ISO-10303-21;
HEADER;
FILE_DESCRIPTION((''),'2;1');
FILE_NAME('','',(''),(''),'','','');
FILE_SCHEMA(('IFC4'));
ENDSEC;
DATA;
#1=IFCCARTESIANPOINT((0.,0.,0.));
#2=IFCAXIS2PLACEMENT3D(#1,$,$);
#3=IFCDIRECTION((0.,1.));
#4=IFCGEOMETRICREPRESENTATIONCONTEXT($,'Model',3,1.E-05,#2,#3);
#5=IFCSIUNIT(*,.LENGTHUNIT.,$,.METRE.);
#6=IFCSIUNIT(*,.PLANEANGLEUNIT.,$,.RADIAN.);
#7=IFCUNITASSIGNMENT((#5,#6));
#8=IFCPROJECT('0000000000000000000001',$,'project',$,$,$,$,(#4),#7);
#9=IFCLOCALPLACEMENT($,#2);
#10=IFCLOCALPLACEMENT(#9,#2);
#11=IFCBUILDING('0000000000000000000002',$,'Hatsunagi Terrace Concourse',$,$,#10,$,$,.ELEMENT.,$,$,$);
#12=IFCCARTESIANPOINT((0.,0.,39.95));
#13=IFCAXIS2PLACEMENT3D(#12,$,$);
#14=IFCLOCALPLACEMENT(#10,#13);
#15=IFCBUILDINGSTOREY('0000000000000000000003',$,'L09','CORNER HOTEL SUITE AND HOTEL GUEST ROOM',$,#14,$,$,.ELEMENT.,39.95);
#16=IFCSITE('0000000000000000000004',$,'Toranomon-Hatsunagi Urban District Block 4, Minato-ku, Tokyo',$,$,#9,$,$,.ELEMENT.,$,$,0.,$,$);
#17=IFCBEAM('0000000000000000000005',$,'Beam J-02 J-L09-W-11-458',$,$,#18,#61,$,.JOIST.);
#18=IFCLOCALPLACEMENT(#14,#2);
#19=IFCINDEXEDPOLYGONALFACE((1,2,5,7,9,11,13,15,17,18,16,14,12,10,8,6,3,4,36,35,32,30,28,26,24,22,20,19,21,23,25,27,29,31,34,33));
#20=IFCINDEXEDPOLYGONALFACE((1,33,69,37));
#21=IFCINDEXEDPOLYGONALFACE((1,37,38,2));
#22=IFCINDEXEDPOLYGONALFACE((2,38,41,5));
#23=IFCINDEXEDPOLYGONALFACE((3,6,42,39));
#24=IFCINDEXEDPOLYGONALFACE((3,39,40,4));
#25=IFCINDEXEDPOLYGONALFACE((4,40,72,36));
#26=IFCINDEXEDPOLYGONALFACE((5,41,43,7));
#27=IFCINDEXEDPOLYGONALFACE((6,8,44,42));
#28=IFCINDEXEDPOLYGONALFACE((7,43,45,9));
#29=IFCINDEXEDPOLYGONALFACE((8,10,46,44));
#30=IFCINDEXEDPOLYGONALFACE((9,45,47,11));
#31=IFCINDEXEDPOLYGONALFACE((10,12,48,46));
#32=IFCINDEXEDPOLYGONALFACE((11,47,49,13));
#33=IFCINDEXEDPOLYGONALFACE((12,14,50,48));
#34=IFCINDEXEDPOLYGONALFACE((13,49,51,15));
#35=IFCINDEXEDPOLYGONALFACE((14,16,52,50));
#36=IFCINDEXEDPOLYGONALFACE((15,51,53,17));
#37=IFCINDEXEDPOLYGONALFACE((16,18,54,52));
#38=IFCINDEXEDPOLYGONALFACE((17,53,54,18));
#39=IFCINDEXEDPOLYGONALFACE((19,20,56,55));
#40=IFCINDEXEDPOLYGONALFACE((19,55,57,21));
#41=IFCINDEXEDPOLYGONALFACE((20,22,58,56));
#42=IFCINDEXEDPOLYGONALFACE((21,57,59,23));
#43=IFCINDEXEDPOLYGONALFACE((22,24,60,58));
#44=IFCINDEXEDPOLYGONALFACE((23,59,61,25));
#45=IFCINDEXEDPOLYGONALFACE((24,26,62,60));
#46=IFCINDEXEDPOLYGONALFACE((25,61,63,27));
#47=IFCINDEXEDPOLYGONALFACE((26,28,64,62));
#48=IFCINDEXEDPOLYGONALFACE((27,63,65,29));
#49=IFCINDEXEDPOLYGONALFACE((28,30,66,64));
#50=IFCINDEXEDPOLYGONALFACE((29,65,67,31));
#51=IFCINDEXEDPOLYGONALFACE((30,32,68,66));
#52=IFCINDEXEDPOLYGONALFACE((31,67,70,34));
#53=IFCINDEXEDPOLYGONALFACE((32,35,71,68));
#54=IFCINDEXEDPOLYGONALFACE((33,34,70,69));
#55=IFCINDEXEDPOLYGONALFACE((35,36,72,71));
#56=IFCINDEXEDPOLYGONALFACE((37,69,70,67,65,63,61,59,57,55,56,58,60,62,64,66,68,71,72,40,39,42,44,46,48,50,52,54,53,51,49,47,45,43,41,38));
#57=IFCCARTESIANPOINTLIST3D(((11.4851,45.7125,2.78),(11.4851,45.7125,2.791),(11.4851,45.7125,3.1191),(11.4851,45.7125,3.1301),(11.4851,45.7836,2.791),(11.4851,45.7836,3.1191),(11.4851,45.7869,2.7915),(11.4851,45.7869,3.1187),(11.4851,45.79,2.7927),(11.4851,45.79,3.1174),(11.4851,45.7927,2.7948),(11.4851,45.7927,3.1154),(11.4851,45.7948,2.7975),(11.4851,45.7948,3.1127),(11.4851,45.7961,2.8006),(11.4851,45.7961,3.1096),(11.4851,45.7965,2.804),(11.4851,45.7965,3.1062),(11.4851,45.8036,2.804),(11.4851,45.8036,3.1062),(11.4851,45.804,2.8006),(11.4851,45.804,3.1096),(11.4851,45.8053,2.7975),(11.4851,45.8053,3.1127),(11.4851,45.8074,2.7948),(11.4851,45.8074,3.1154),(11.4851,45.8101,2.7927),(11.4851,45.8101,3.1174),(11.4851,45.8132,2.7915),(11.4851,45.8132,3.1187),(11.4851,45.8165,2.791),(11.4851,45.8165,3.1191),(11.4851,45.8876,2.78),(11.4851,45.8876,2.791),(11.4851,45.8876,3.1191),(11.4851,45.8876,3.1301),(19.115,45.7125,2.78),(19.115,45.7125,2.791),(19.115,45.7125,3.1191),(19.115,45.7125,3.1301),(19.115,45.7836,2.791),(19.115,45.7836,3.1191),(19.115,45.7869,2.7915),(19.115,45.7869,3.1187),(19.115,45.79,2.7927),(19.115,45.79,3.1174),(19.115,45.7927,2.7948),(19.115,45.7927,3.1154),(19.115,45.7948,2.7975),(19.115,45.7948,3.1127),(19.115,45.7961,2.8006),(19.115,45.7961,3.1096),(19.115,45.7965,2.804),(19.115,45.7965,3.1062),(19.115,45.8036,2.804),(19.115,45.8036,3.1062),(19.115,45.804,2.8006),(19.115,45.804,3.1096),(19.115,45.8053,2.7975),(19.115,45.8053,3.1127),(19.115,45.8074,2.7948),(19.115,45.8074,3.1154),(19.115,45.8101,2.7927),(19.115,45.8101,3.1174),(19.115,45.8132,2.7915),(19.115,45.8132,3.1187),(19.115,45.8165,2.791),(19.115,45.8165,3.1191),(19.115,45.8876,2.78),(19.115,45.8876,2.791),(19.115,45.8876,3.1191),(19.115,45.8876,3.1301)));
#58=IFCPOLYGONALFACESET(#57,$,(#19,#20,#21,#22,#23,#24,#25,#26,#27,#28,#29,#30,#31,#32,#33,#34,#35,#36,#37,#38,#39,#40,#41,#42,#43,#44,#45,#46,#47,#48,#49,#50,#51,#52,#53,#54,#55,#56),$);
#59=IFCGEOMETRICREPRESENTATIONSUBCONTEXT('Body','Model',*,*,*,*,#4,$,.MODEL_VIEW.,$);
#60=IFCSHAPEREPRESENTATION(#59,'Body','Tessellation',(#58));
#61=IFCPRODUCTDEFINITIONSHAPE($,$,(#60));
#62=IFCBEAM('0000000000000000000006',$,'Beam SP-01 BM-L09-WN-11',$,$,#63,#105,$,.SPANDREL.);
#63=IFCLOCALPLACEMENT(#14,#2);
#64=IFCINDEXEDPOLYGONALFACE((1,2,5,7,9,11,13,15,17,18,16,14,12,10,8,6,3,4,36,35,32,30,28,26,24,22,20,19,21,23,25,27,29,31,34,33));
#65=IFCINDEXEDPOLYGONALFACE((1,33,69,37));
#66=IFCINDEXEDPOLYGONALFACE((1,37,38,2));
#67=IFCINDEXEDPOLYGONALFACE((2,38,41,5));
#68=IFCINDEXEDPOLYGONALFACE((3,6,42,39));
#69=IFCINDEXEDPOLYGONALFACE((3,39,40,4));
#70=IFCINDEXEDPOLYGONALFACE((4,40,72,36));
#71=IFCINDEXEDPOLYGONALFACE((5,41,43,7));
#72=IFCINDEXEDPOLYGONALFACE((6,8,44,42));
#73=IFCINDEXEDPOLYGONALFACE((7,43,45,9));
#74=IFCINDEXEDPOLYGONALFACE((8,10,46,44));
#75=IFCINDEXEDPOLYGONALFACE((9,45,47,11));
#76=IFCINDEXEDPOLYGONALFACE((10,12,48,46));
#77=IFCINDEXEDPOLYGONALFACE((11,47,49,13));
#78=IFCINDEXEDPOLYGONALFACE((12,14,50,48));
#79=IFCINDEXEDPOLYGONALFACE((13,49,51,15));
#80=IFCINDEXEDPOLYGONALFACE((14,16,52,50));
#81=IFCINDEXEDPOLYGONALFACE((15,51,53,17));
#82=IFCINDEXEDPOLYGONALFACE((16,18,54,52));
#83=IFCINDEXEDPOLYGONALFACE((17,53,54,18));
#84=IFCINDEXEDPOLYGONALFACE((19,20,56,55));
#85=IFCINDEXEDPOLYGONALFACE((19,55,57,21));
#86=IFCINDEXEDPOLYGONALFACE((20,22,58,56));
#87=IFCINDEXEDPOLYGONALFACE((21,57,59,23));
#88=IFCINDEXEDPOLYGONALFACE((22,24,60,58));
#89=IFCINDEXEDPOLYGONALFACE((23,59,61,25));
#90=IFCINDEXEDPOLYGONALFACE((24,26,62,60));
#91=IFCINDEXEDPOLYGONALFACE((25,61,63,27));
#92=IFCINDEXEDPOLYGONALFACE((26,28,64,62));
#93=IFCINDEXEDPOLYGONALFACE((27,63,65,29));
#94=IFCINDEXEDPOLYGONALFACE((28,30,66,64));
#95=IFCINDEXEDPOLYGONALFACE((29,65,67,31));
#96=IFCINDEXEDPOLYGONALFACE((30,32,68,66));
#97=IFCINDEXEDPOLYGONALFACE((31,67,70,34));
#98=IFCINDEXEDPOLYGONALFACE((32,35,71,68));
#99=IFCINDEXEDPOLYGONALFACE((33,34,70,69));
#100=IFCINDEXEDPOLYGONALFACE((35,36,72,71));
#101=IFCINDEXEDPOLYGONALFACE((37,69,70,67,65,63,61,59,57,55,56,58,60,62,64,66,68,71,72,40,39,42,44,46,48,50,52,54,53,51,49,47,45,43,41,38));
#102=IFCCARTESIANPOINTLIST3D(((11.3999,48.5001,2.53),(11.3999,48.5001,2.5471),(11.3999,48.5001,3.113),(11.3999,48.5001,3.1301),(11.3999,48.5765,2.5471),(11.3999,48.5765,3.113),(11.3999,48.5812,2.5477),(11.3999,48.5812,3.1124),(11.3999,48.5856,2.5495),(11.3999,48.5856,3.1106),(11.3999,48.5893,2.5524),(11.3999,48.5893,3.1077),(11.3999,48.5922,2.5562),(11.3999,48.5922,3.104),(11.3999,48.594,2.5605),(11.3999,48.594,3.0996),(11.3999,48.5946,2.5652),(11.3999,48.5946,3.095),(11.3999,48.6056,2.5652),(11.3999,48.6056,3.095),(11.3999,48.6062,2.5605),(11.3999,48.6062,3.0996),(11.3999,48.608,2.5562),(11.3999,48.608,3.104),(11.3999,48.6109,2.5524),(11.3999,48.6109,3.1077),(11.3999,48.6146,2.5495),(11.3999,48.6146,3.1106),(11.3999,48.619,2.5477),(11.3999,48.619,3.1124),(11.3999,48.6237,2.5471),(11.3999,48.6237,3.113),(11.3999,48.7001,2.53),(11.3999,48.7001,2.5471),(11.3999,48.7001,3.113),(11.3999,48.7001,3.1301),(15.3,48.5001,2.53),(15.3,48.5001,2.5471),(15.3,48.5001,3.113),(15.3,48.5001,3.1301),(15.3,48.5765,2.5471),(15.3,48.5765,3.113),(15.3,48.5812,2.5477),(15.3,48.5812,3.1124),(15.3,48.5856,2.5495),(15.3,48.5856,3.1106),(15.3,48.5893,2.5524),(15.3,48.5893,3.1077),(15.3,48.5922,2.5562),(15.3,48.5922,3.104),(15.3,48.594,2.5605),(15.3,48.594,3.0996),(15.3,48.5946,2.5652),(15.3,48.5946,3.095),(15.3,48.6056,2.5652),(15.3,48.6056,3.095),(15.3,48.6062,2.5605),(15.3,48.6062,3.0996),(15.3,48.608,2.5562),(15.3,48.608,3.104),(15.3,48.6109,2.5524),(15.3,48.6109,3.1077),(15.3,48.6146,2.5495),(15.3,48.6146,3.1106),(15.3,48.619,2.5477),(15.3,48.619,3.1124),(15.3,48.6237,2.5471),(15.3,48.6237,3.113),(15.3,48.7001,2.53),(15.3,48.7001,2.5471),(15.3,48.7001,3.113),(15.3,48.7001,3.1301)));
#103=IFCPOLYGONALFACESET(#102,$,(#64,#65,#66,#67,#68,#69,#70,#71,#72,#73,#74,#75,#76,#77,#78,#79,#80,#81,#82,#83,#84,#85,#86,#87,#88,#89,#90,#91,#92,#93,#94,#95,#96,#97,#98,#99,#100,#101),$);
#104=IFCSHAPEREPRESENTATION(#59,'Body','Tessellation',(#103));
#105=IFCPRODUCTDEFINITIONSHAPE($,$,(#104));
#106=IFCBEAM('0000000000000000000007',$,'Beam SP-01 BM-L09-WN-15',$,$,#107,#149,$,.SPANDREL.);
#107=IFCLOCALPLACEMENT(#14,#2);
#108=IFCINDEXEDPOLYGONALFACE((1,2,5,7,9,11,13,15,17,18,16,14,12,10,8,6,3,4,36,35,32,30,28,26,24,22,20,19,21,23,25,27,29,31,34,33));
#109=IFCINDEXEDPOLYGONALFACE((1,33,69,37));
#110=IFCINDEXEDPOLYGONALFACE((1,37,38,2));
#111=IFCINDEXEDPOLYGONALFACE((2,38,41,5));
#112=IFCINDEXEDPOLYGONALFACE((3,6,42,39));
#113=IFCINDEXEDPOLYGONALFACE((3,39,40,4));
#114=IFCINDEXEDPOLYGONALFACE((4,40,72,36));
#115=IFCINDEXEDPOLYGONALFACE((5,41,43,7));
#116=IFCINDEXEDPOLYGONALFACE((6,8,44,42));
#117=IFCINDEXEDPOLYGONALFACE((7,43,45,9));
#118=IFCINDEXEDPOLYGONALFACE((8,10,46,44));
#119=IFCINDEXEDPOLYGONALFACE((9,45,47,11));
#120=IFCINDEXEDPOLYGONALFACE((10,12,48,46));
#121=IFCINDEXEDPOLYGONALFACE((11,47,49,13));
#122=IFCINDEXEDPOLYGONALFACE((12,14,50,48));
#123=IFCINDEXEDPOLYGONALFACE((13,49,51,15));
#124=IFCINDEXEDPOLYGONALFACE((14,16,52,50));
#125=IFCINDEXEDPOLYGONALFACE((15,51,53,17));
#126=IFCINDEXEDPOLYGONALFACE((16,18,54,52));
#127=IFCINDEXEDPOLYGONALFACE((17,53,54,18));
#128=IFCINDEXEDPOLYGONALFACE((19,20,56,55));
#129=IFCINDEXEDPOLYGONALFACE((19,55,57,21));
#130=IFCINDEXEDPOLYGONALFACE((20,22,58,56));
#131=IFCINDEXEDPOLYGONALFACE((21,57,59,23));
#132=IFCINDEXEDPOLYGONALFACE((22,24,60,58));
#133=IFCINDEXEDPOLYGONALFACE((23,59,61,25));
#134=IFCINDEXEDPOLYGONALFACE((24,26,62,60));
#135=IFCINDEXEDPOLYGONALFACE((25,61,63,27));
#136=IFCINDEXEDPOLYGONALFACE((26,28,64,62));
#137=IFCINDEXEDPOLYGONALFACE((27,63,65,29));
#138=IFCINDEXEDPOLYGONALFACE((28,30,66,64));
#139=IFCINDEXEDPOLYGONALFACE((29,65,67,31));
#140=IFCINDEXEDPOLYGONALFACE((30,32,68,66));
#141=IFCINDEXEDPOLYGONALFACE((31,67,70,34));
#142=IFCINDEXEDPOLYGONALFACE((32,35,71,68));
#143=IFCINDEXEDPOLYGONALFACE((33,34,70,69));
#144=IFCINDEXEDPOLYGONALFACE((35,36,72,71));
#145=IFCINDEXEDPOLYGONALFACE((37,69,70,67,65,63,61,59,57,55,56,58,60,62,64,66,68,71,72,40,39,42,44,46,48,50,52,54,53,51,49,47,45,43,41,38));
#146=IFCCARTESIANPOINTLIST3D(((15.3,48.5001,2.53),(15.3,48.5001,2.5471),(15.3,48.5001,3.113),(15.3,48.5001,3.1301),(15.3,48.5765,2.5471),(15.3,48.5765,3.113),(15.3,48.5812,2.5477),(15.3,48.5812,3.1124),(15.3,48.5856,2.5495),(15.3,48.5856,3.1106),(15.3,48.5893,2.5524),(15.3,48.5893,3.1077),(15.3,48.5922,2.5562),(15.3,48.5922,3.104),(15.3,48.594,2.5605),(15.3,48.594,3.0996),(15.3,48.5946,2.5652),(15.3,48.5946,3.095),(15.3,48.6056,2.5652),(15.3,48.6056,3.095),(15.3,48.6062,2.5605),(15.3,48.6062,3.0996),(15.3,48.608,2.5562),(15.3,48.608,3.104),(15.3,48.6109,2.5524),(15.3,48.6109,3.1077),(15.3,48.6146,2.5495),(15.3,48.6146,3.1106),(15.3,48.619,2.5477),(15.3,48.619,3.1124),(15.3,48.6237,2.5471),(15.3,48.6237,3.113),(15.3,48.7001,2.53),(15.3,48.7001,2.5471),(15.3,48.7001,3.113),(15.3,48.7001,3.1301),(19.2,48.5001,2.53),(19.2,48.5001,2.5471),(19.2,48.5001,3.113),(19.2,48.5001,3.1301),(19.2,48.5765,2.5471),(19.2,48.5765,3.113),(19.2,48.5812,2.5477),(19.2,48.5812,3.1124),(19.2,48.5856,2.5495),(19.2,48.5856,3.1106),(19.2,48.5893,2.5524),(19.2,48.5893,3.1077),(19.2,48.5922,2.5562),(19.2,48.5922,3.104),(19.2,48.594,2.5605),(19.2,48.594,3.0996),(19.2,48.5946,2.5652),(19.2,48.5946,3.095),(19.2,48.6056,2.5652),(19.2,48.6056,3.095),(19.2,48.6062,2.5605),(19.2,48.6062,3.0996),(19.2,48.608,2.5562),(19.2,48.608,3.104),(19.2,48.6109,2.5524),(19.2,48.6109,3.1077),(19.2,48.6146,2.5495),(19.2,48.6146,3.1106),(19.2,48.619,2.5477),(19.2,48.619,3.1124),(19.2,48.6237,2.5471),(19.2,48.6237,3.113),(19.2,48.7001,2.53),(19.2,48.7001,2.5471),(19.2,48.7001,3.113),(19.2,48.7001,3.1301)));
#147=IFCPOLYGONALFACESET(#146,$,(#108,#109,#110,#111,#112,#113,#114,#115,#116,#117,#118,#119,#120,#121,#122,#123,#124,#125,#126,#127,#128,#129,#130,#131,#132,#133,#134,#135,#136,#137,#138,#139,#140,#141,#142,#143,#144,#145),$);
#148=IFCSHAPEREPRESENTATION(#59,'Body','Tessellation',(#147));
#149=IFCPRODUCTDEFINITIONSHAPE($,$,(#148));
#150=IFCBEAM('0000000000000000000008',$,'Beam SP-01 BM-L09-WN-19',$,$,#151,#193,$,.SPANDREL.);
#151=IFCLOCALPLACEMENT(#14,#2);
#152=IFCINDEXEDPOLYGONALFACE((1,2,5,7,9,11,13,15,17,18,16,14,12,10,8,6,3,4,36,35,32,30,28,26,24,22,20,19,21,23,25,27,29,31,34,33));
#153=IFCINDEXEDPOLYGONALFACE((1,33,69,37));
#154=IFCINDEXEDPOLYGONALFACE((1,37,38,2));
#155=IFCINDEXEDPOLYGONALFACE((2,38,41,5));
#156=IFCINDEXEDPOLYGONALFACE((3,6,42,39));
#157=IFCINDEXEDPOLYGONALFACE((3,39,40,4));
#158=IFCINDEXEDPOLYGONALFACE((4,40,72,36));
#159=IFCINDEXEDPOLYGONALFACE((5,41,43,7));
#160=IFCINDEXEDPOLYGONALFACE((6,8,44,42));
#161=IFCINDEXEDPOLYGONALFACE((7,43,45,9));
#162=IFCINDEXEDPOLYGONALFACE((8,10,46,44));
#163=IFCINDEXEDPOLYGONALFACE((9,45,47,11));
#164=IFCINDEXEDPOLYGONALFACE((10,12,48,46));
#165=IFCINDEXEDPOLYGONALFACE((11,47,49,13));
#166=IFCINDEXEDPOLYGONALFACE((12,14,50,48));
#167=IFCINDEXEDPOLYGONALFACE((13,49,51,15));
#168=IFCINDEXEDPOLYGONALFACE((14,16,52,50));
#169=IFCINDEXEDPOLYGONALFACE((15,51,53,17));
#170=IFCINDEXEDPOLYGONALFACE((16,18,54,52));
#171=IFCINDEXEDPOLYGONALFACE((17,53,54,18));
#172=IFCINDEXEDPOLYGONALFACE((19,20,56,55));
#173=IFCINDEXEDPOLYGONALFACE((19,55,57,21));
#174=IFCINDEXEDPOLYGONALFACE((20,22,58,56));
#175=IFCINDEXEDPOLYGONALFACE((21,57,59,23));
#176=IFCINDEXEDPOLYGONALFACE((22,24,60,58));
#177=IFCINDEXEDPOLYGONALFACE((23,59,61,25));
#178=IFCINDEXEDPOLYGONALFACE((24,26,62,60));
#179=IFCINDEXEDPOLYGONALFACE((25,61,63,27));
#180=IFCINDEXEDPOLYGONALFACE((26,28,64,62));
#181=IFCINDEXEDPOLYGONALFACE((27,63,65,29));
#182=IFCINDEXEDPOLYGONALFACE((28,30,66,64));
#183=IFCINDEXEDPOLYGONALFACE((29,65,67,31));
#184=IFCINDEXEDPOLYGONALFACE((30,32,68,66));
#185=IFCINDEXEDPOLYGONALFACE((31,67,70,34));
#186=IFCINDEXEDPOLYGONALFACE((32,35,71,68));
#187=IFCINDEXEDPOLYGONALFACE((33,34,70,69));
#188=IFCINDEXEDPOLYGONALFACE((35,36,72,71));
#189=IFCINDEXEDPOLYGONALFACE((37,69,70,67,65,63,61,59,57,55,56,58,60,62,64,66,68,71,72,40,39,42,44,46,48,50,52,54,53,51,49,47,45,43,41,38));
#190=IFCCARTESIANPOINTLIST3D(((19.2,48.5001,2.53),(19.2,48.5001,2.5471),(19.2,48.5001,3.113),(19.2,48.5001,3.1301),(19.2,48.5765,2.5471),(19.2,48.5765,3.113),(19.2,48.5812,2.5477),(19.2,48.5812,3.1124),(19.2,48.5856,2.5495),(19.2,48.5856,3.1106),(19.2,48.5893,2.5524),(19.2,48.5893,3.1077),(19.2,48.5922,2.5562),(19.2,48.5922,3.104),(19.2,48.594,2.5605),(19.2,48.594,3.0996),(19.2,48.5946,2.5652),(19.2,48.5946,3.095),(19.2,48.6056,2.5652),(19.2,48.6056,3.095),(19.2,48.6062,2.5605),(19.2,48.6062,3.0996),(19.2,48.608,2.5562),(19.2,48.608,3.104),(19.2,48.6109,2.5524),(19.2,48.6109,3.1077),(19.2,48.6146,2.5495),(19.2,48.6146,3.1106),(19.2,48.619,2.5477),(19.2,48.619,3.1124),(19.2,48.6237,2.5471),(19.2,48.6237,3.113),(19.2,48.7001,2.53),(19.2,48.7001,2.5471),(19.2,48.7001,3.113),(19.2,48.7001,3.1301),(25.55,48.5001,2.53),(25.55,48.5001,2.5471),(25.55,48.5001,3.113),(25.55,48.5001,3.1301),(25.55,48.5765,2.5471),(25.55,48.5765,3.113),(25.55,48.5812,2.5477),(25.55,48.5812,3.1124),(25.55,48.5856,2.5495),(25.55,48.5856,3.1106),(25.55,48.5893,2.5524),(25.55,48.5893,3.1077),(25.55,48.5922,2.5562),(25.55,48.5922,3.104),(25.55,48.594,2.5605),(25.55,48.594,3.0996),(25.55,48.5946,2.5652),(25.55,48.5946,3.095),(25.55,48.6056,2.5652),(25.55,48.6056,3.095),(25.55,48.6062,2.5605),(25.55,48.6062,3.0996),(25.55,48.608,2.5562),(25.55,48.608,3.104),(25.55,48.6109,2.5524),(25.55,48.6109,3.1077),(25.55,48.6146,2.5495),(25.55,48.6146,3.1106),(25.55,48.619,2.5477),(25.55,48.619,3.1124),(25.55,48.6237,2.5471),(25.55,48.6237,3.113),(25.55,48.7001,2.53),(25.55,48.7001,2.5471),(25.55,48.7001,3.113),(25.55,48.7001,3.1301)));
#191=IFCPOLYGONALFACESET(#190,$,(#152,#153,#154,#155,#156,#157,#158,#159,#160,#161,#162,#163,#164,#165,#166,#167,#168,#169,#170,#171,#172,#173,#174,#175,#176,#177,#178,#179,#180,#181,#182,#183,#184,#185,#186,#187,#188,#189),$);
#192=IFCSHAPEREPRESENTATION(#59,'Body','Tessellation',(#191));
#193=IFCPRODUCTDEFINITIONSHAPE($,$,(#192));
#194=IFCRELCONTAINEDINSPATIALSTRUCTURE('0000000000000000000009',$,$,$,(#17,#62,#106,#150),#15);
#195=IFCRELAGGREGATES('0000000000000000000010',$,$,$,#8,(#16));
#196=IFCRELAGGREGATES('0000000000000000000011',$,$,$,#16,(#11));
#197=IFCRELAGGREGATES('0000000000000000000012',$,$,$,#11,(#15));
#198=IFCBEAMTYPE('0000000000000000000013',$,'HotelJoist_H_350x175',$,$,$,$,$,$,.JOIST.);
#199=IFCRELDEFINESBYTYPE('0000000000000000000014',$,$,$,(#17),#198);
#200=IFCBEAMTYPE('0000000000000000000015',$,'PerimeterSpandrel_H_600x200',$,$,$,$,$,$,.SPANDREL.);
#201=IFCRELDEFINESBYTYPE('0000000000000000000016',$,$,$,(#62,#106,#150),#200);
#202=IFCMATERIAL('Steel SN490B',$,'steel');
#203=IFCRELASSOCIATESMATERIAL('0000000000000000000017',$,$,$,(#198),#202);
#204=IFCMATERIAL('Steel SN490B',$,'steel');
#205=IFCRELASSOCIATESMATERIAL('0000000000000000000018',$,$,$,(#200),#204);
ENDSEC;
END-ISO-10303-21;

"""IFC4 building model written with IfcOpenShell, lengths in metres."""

from ifc_helpers import new_model, si_unit, direction, frame, origin, origin_2d, place, context, subcontext, project, spatial, i_section, extrude, material, material_profile, profile_set, type_object, element, save


model = new_model("IFC4")

# Units and contexts
model_context = context("Model", 3, precision=1e-05, world=origin(), true_north=direction((0.0, 1.0)))
body_context = subcontext(model_context, "Body", "Model", "MODEL_VIEW")
ifc_project = project(units=[si_unit("LENGTHUNIT", "METRE"), si_unit("PLANEANGLEUNIT", "RADIAN")], contexts=[model_context])

# Site, building, storey
site_placement = place(None, origin())
site = spatial("IfcSite", under=ifc_project, at=site_placement, Name="Toranomon-Hatsunagi Urban District Block 4, Minato-ku, Tokyo", CompositionType="ELEMENT", RefElevation=0.0)
building_placement = place(site_placement, origin())
building = spatial("IfcBuilding", under=site, at=building_placement, Name="Hatsunagi Terrace Concourse", CompositionType="ELEMENT")
storey_placement = place(building_placement, frame((0.0, 0.0, 39.95)))
storey = spatial("IfcBuildingStorey", under=building, at=storey_placement, Name="L09", Description="CORNER HOTEL SUITE AND HOTEL GUEST ROOM", CompositionType="ELEMENT", Elevation=39.95)

# Beams
ifc_material_1 = material(Name="Steel SN490B", Category="steel")
ifc_material_profile_1 = material_profile(ifc_material_1, i_section(OverallWidth=0.175, OverallDepth=0.3501, WebThickness=0.0071, FlangeThickness=0.011, FilletRadius=0.0129, at=origin_2d()), Name="H-350x175x7x11")
ifc_profile_set_1 = profile_set([ifc_material_profile_1], Name="Steel SN490B")
beam_type_1 = type_object("IfcBeamType", Name="HotelJoist_H_350x175", PredefinedType="JOIST", material=ifc_profile_set_1)
for number, where, z_axis, x_axis, name in (
    (1, (11.4851, 45.8, 2.9551), (1.0, 0.0, 0.0), (0.0, 1.0, 0.0), "Beam J-02 J-L09-W-11-458"),
):
    element("IfcBeam", number, at=place(storey_placement, frame(where, z_axis=z_axis, x_axis=x_axis)), inside=storey, type_object=beam_type_1, Name=name, PredefinedType="JOIST", context=body_context, shape_type="SweptSolid", body=[
        extrude(i_section(OverallWidth=0.175, OverallDepth=0.3501, WebThickness=0.0071, FlangeThickness=0.011, FilletRadius=0.0129, at=origin_2d()), origin(), (0.0, 0.0, 1.0), 7.6299),
    ])
ifc_material_2 = material(Name="Steel SN490B", Category="steel")
ifc_material_profile_2 = material_profile(ifc_material_2, i_section(OverallWidth=0.2, OverallDepth=0.6001, WebThickness=0.011, FlangeThickness=0.0171, FilletRadius=0.0181, at=origin_2d()), Name="H-600x200x11x17")
ifc_profile_set_2 = profile_set([ifc_material_profile_2], Name="Steel SN490B")
beam_type_2 = type_object("IfcBeamType", Name="PerimeterSpandrel_H_600x200", PredefinedType="SPANDREL", material=ifc_profile_set_2)
beam_1_placement = place(storey_placement, frame((11.3999, 48.6001, 2.8301), z_axis=(1.0, 0.0, 0.0), x_axis=(0.0, 1.0, 0.0)))
element("IfcBeam", 2, at=beam_1_placement, inside=storey, type_object=beam_type_2, Name="Beam SP-01 BM-L09-WN-11", PredefinedType="SPANDREL", context=body_context, shape_type="SweptSolid", body=[
    extrude(i_section(OverallWidth=0.2, OverallDepth=0.6001, WebThickness=0.011, FlangeThickness=0.0171, FilletRadius=0.0181, at=origin_2d()), origin(), (0.0, 0.0, 1.0), 3.9001),
])
beam_2_placement = place(storey_placement, frame((15.3, 48.6001, 2.8301), z_axis=(1.0, 0.0, 0.0), x_axis=(0.0, 1.0, 0.0)))
element("IfcBeam", 3, at=beam_2_placement, inside=storey, type_object=beam_type_2, Name="Beam SP-01 BM-L09-WN-15", PredefinedType="SPANDREL", context=body_context, shape_type="SweptSolid", body=[
    extrude(i_section(OverallWidth=0.2, OverallDepth=0.6001, WebThickness=0.011, FlangeThickness=0.0171, FilletRadius=0.0181, at=origin_2d()), origin(), (0.0, 0.0, 1.0), 3.8999),
])
beam_3_placement = place(storey_placement, frame((19.2, 48.6001, 2.8301), z_axis=(1.0, 0.0, 0.0), x_axis=(0.0, 1.0, 0.0)))
element("IfcBeam", 4, at=beam_3_placement, inside=storey, type_object=beam_type_2, Name="Beam SP-01 BM-L09-WN-19", PredefinedType="SPANDREL", context=body_context, shape_type="SweptSolid", body=[
    extrude(i_section(OverallWidth=0.2, OverallDepth=0.6001, WebThickness=0.011, FlangeThickness=0.0171, FilletRadius=0.0181, at=origin_2d()), origin(), (0.0, 0.0, 1.0), 6.3501),
])

save(model, "model.ifc")
